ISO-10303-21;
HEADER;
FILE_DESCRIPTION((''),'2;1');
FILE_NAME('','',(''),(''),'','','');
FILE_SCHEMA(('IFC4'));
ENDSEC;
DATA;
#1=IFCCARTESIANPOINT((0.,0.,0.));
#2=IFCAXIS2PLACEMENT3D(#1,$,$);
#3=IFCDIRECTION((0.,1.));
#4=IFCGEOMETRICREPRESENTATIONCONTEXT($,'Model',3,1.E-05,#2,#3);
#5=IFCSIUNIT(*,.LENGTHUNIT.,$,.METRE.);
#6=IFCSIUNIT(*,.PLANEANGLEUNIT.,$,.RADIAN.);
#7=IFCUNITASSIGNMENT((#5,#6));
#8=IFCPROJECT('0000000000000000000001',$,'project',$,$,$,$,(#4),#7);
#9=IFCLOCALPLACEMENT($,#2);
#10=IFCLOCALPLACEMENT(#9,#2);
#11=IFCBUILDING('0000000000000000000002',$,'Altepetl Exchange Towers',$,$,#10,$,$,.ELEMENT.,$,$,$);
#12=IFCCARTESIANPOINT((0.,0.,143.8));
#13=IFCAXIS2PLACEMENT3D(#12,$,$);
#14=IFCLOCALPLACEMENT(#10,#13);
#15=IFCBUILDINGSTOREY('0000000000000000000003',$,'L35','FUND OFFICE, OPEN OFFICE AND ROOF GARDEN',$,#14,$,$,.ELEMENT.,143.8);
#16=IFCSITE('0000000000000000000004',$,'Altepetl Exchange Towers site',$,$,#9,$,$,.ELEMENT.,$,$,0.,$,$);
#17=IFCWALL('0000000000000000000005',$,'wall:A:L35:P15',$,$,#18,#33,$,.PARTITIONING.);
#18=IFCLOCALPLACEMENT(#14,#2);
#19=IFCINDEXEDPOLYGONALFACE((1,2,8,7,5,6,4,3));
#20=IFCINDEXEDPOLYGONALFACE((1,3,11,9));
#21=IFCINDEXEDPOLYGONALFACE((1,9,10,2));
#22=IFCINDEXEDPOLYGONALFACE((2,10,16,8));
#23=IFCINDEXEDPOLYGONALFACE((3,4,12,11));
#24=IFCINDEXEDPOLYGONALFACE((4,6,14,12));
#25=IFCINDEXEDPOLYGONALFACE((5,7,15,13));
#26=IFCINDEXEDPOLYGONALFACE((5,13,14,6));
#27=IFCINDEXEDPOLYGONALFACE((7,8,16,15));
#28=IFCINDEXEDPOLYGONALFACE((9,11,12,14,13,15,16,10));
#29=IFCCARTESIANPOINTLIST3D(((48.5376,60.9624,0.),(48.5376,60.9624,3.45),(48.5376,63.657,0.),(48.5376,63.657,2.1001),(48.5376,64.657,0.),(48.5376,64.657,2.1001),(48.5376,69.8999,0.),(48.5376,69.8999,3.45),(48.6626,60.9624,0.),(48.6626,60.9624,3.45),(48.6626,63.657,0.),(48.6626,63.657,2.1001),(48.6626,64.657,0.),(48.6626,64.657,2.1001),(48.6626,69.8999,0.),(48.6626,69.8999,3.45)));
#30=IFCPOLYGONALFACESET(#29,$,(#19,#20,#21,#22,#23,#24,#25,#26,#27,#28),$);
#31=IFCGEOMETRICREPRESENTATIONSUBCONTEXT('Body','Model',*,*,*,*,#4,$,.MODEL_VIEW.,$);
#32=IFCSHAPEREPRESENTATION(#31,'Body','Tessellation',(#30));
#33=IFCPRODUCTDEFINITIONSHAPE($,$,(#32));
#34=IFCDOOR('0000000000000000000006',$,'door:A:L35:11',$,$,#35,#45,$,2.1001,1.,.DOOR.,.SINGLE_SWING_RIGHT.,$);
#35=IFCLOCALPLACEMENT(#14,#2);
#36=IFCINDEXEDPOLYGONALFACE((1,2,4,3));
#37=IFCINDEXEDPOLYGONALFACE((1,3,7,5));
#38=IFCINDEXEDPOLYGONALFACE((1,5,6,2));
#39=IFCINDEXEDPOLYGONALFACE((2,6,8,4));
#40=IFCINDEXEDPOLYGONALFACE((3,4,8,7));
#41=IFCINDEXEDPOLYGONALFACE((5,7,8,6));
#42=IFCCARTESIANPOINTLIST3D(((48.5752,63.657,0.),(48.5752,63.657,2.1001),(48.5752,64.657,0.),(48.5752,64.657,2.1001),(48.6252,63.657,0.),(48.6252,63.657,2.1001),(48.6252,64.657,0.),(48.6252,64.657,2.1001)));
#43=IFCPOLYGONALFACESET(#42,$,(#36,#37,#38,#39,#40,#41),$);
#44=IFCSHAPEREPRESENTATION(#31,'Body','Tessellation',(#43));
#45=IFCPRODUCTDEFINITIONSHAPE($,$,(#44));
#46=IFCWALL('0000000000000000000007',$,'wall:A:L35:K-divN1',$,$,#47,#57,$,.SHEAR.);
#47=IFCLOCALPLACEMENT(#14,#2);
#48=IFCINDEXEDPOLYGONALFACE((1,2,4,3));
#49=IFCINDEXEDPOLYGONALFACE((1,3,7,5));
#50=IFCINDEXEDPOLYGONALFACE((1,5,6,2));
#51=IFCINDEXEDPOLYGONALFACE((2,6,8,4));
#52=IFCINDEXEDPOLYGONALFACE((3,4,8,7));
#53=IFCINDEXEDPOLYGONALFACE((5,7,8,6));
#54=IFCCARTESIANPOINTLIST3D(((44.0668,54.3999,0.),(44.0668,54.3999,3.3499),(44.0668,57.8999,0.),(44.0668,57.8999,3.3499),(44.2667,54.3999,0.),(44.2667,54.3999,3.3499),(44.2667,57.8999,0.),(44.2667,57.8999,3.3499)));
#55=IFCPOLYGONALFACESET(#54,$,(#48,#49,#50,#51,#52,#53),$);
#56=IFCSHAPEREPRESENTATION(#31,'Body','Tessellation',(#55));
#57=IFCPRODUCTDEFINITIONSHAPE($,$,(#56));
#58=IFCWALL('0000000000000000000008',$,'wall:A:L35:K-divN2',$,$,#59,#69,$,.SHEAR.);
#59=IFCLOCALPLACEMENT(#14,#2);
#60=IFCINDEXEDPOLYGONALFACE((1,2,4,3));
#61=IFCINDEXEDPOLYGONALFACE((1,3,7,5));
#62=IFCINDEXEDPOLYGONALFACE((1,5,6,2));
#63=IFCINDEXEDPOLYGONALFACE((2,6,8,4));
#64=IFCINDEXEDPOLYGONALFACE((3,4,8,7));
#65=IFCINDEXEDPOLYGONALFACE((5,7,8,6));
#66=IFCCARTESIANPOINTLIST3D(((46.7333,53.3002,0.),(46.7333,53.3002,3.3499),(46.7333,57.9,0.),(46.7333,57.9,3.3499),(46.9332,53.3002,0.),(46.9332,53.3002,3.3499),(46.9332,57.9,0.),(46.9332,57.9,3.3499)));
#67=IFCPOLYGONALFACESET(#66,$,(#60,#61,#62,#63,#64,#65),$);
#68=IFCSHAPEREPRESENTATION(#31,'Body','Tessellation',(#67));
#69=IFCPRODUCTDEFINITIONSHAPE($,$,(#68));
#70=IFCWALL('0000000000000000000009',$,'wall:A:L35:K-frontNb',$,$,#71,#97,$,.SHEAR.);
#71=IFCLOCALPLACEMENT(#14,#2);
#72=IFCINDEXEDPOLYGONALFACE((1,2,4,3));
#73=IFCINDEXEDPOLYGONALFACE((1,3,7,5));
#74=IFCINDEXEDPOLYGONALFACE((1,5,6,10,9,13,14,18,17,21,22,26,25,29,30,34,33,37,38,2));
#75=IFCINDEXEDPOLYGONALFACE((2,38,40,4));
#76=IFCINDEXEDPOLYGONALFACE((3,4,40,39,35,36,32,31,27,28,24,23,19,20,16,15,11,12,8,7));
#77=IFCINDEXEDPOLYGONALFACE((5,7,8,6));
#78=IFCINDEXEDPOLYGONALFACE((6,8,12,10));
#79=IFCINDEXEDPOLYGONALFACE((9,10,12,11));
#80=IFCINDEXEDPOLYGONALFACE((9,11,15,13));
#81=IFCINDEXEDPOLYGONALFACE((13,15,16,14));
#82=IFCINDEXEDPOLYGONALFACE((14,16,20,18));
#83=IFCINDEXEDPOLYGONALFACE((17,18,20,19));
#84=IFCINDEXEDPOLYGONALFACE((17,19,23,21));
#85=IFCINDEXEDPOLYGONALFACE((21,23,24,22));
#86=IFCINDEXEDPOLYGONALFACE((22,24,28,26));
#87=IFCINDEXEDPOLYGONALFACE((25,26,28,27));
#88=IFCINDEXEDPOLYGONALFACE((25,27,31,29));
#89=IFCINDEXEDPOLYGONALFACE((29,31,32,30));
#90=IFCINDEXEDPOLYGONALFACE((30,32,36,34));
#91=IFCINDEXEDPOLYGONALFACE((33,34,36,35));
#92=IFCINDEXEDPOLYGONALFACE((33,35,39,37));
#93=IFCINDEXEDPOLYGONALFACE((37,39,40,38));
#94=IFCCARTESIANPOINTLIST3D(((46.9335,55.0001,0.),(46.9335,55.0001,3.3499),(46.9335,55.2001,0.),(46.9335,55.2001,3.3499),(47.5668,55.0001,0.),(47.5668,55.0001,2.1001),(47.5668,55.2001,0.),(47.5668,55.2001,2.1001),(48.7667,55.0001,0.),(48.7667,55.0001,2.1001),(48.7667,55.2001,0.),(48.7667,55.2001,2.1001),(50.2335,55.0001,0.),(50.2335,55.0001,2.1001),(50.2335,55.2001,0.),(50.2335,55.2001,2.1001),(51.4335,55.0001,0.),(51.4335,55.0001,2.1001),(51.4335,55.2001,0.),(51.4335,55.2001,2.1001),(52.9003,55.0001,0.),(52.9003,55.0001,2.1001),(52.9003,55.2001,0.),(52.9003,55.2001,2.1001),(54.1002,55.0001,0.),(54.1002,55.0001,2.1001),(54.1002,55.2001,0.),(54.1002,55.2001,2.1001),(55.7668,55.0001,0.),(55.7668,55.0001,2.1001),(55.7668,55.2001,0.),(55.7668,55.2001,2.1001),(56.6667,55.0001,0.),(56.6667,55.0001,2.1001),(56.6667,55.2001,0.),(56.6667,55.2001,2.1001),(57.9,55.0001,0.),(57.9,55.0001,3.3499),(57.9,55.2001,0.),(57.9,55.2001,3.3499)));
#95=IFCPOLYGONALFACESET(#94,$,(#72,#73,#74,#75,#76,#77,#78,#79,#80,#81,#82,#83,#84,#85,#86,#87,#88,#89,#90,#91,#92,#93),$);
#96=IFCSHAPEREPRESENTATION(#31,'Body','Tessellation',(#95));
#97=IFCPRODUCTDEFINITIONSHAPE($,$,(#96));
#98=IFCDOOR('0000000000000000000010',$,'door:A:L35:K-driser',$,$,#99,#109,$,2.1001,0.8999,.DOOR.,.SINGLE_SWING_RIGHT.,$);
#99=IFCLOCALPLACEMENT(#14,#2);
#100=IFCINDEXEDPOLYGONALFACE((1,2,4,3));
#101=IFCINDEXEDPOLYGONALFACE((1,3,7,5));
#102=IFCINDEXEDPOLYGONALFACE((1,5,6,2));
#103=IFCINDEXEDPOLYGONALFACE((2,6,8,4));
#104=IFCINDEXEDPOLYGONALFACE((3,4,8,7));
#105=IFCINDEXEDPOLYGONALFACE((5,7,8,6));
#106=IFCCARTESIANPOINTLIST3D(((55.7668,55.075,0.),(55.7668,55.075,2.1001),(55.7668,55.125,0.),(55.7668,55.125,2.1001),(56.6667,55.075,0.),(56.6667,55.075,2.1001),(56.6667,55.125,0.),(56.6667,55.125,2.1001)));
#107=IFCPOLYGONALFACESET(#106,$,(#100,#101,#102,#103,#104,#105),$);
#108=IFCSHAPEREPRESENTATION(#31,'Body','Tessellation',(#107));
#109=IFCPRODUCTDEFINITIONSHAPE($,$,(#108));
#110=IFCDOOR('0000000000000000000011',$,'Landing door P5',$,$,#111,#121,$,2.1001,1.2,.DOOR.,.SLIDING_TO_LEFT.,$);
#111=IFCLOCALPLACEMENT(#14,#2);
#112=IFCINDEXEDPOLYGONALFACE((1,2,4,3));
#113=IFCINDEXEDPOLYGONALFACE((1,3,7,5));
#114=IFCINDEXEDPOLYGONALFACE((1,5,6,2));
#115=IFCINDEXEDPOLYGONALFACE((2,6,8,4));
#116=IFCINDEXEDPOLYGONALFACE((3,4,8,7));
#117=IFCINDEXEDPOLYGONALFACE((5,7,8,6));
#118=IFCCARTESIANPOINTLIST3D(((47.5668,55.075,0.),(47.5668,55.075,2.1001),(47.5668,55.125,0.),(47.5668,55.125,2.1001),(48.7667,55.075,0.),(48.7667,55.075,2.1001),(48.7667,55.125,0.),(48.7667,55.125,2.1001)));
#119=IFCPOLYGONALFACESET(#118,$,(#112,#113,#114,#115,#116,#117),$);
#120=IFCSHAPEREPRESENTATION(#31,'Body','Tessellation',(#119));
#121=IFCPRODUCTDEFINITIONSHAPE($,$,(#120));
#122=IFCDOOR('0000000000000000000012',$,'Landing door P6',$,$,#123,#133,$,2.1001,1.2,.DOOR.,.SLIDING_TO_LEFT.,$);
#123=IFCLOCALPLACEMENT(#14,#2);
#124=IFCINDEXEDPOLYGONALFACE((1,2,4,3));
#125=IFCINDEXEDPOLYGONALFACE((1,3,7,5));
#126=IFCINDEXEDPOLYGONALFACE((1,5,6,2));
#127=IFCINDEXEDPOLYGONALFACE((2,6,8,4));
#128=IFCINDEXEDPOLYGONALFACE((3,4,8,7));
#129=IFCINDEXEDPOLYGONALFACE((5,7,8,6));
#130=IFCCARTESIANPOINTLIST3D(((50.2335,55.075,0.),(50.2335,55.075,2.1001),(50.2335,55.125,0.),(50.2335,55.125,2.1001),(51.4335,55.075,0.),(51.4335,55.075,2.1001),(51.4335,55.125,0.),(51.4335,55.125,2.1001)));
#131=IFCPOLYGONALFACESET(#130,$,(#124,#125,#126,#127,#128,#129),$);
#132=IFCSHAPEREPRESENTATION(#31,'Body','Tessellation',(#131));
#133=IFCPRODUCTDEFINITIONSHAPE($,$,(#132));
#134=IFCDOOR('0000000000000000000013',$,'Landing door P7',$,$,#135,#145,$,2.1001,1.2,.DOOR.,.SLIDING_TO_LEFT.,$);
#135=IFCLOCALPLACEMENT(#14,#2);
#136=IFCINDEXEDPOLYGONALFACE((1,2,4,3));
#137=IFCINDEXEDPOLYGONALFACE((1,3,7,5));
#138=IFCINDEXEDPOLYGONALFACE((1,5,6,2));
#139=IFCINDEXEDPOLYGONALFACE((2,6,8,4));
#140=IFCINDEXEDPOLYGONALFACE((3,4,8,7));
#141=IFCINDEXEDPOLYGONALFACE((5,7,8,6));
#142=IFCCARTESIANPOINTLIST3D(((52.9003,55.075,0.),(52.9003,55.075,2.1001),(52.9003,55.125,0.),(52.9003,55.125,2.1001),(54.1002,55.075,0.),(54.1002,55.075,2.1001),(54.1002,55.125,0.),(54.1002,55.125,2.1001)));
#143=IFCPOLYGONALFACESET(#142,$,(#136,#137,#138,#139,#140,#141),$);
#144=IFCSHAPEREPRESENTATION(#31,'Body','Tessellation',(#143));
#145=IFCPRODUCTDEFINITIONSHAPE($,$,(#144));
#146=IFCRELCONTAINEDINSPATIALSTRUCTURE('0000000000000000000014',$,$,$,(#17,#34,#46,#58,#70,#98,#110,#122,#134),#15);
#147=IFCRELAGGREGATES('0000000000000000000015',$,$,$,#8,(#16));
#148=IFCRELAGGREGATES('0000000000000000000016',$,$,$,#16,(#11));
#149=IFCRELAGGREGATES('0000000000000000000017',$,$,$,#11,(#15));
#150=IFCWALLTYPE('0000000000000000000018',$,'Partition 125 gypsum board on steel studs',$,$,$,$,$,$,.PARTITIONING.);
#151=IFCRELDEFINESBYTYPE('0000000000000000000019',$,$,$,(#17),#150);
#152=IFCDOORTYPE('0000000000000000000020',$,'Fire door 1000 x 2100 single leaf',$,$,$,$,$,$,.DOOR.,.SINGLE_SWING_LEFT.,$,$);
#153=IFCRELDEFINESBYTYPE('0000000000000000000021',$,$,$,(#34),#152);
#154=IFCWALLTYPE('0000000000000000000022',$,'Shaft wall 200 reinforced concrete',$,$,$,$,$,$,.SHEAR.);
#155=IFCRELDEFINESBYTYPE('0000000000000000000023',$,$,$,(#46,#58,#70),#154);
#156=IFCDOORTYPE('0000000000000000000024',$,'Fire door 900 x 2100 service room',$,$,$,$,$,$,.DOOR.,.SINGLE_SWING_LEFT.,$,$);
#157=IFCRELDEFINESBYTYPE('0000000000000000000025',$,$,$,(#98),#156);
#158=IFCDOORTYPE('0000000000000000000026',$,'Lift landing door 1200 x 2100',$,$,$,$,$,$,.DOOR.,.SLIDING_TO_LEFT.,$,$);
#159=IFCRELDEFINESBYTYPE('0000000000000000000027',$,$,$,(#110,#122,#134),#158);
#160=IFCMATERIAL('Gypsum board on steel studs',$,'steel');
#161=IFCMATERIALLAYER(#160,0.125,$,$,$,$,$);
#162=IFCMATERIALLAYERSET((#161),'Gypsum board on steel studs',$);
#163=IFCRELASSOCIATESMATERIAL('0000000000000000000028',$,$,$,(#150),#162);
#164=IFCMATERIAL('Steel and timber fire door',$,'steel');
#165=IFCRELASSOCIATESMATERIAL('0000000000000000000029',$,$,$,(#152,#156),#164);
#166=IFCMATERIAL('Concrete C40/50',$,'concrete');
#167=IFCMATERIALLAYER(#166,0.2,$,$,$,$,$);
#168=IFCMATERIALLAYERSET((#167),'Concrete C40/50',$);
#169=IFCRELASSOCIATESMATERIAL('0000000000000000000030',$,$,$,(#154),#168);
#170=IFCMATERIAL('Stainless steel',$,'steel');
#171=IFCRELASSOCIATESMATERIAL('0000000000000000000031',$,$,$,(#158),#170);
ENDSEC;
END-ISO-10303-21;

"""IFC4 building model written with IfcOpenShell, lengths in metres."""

from ifc_helpers import new_model, si_unit, direction, frame, frame_2d, origin, place, context, subcontext, project, spatial, rectangle, extrude, material, layer, layer_set, type_object, element, fill, save


model = new_model("IFC4")

# Units and contexts
model_context = context("Model", 3, precision=1e-05, world=origin(), true_north=direction((0.0, 1.0)))
body_context = subcontext(model_context, "Body", "Model", "MODEL_VIEW")
ifc_project = project(units=[si_unit("LENGTHUNIT", "METRE"), si_unit("PLANEANGLEUNIT", "RADIAN")], contexts=[model_context])

# Site, building, storey
site_placement = place(None, origin())
site = spatial("IfcSite", under=ifc_project, at=site_placement, Name="Altepetl Exchange Towers site", CompositionType="ELEMENT", RefElevation=0.0)
building_placement = place(site_placement, origin())
building = spatial("IfcBuilding", under=site, at=building_placement, Name="Altepetl Exchange Towers", CompositionType="ELEMENT")
storey_placement = place(building_placement, frame((0.0, 0.0, 143.8)))
storey = spatial("IfcBuildingStorey", under=building, at=storey_placement, Name="L35", Description="FUND OFFICE, OPEN OFFICE AND ROOF GARDEN", CompositionType="ELEMENT", Elevation=143.8)

# Shared definitions
ifc_material_1 = material(Name="Steel and timber fire door", Category="steel")

# Shared definitions
ifc_material_2 = material(Name="Gypsum board on steel studs", Category="steel")
ifc_layer_1 = layer(ifc_material_2, 0.125)
ifc_layer_set_1 = layer_set([ifc_layer_1], Name="Gypsum board on steel studs")
wall_type_1 = type_object("IfcWallType", Name="Partition 125 gypsum board on steel studs", PredefinedType="PARTITIONING", material=ifc_layer_set_1)

# Wall, opening, door
wall_1_placement = place(storey_placement, frame((48.6001, 60.9624, 0.0), z_axis=(0.0, 0.0, 1.0), x_axis=(0.0, 1.0, 0.0)))
wall_1 = element("IfcWall", 1, at=wall_1_placement, inside=storey, type_object=wall_type_1, Name="wall:A:L35:P15", PredefinedType="PARTITIONING", context=body_context, shape_type="SweptSolid", body=[
    extrude(rectangle(XDim=8.9375, YDim=0.125, at=frame_2d((4.4688, 0.0))), origin(), (0.0, 0.0, 1.0), 3.45),
])
opening_1_placement = place(wall_1_placement, frame((2.6946, 0.0, 0.0)))
opening_1 = element("IfcOpeningElement", 2, at=opening_1_placement, cuts=wall_1, PredefinedType="OPENING", context=body_context, shape_type="SweptSolid", body=[
    extrude(rectangle(XDim=1.0, YDim=2.1001, at=frame_2d((0.5, 1.05))), frame((0.0, 0.0725, 0.0), z_axis=(0.0, -1.0, 0.0), x_axis=(1.0, 0.0, 0.0)), (0.0, 0.0, 1.0), 0.145),
])
door_type_1 = type_object("IfcDoorType", Name="Fire door 1000 x 2100 single leaf", OperationType="SINGLE_SWING_LEFT", PredefinedType="DOOR", material=ifc_material_1)
door_1_placement = place(opening_1_placement, origin())
door_1 = element("IfcDoor", 3, at=door_1_placement, inside=storey, type_object=door_type_1, Name="door:A:L35:11", OperationType="SINGLE_SWING_RIGHT", OverallHeight=2.1001, OverallWidth=1.0, PredefinedType="DOOR", context=body_context, shape_type="SweptSolid", body=[
    extrude(rectangle(XDim=1.0, YDim=2.1001, at=frame_2d((0.5, 1.05))), frame((0.0, 0.0249, 0.0), z_axis=(0.0, -1.0, 0.0), x_axis=(1.0, 0.0, 0.0)), (0.0, 0.0, 1.0), 0.05),
])
fill(opening_1, door_1)

# Walls
ifc_material_3 = material(Name="Concrete C40/50", Category="concrete")
ifc_layer_2 = layer(ifc_material_3, 0.2)
ifc_layer_set_2 = layer_set([ifc_layer_2], Name="Concrete C40/50")
wall_type_2 = type_object("IfcWallType", Name="Shaft wall 200 reinforced concrete", PredefinedType="SHEAR", material=ifc_layer_set_2)
wall_2_placement = place(storey_placement, frame((44.1667, 57.8999, 0.0), z_axis=(0.0, 0.0, 1.0), x_axis=(0.0, -1.0, 0.0)))
element("IfcWall", 4, at=wall_2_placement, inside=storey, type_object=wall_type_2, Name="wall:A:L35:K-divN1", PredefinedType="SHEAR", context=body_context, shape_type="SweptSolid", body=[
    extrude(rectangle(XDim=3.5, YDim=0.2, at=frame_2d((1.75, 0.0))), origin(), (0.0, 0.0, 1.0), 3.3499),
])
wall_3_placement = place(storey_placement, frame((46.8333, 57.8999, 0.0), z_axis=(0.0, 0.0, 1.0), x_axis=(0.0, -1.0, 0.0)))
element("IfcWall", 5, at=wall_3_placement, inside=storey, type_object=wall_type_2, Name="wall:A:L35:K-divN2", PredefinedType="SHEAR", context=body_context, shape_type="SweptSolid", body=[
    extrude(rectangle(XDim=4.5999, YDim=0.2, at=frame_2d((2.2998, 0.0))), origin(), (0.0, 0.0, 1.0), 3.3499),
])

# Wall, openings, doors
wall_4_placement = place(storey_placement, frame((46.9333, 55.1001, 0.0)))
wall_4 = element("IfcWall", 6, at=wall_4_placement, inside=storey, type_object=wall_type_2, Name="wall:A:L35:K-frontNb", PredefinedType="SHEAR", context=body_context, shape_type="SweptSolid", body=[
    extrude(rectangle(XDim=10.9666, YDim=0.2, at=frame_2d((5.4834, 0.0))), origin(), (0.0, 0.0, 1.0), 3.3499),
])
opening_2_placement = place(wall_4_placement, frame((8.8335, 0.0, 0.0)))
opening_2 = element("IfcOpeningElement", 7, at=opening_2_placement, cuts=wall_4, PredefinedType="OPENING", context=body_context, shape_type="SweptSolid", body=[
    extrude(rectangle(XDim=0.8999, YDim=2.1001, at=frame_2d((0.45, 1.05))), frame((0.0, 0.1099, 0.0), z_axis=(0.0, -1.0, 0.0), x_axis=(1.0, 0.0, 0.0)), (0.0, 0.0, 1.0), 0.22),
])
opening_3_placement = place(wall_4_placement, frame((0.6333, 0.0, 0.0)))
opening_3 = element("IfcOpeningElement", 8, at=opening_3_placement, cuts=wall_4, PredefinedType="OPENING", context=body_context, shape_type="SweptSolid", body=[
    extrude(rectangle(XDim=1.2, YDim=2.1001, at=frame_2d((0.6001, 1.05))), frame((0.0, 0.1099, 0.0), z_axis=(0.0, -1.0, 0.0), x_axis=(1.0, 0.0, 0.0)), (0.0, 0.0, 1.0), 0.22),
])
opening_4_placement = place(wall_4_placement, frame((3.3, 0.0, 0.0)))
opening_4 = element("IfcOpeningElement", 9, at=opening_4_placement, cuts=wall_4, PredefinedType="OPENING", context=body_context, shape_type="SweptSolid", body=[
    extrude(rectangle(XDim=1.2, YDim=2.1001, at=frame_2d((0.6001, 1.05))), frame((0.0, 0.1099, 0.0), z_axis=(0.0, -1.0, 0.0), x_axis=(1.0, 0.0, 0.0)), (0.0, 0.0, 1.0), 0.22),
])
opening_5_placement = place(wall_4_placement, frame((5.9668, 0.0, 0.0)))
opening_5 = element("IfcOpeningElement", 10, at=opening_5_placement, cuts=wall_4, PredefinedType="OPENING", context=body_context, shape_type="SweptSolid", body=[
    extrude(rectangle(XDim=1.2, YDim=2.1001, at=frame_2d((0.6001, 1.05))), frame((0.0, 0.1099, 0.0), z_axis=(0.0, -1.0, 0.0), x_axis=(1.0, 0.0, 0.0)), (0.0, 0.0, 1.0), 0.22),
])
door_type_2 = type_object("IfcDoorType", Name="Fire door 900 x 2100 service room", OperationType="SINGLE_SWING_LEFT", PredefinedType="DOOR", material=ifc_material_1)
door_2_placement = place(opening_2_placement, origin())
door_2 = element("IfcDoor", 11, at=door_2_placement, inside=storey, type_object=door_type_2, Name="door:A:L35:K-driser", OperationType="SINGLE_SWING_RIGHT", OverallHeight=2.1001, OverallWidth=0.8999, PredefinedType="DOOR", context=body_context, shape_type="SweptSolid", body=[
    extrude(rectangle(XDim=0.8999, YDim=2.1001, at=frame_2d((0.45, 1.05))), frame((0.0, 0.0249, 0.0), z_axis=(0.0, -1.0, 0.0), x_axis=(1.0, 0.0, 0.0)), (0.0, 0.0, 1.0), 0.05),
])
fill(opening_2, door_2)
ifc_material_4 = material(Name="Stainless steel", Category="steel")
door_type_3 = type_object("IfcDoorType", Name="Lift landing door 1200 x 2100", OperationType="SLIDING_TO_LEFT", PredefinedType="DOOR", material=ifc_material_4)
door_3_placement = place(opening_3_placement, origin())
door_3 = element("IfcDoor", 12, at=door_3_placement, inside=storey, type_object=door_type_3, Name="Landing door P5", OperationType="SLIDING_TO_LEFT", OverallHeight=2.1001, OverallWidth=1.2, PredefinedType="DOOR", context=body_context, shape_type="SweptSolid", body=[
    extrude(rectangle(XDim=1.2, YDim=2.1001, at=frame_2d((0.6001, 1.05))), frame((0.0, 0.0249, 0.0), z_axis=(0.0, -1.0, 0.0), x_axis=(1.0, 0.0, 0.0)), (0.0, 0.0, 1.0), 0.05),
])
fill(opening_3, door_3)
door_4_placement = place(opening_4_placement, origin())
door_4 = element("IfcDoor", 13, at=door_4_placement, inside=storey, type_object=door_type_3, Name="Landing door P6", OperationType="SLIDING_TO_LEFT", OverallHeight=2.1001, OverallWidth=1.2, PredefinedType="DOOR", context=body_context, shape_type="SweptSolid", body=[
    extrude(rectangle(XDim=1.2, YDim=2.1001, at=frame_2d((0.6001, 1.05))), frame((0.0, 0.0249, 0.0), z_axis=(0.0, -1.0, 0.0), x_axis=(1.0, 0.0, 0.0)), (0.0, 0.0, 1.0), 0.05),
])
fill(opening_4, door_4)
door_5_placement = place(opening_5_placement, origin())
door_5 = element("IfcDoor", 14, at=door_5_placement, inside=storey, type_object=door_type_3, Name="Landing door P7", OperationType="SLIDING_TO_LEFT", OverallHeight=2.1001, OverallWidth=1.2, PredefinedType="DOOR", context=body_context, shape_type="SweptSolid", body=[
    extrude(rectangle(XDim=1.2, YDim=2.1001, at=frame_2d((0.6001, 1.05))), frame((0.0, 0.0249, 0.0), z_axis=(0.0, -1.0, 0.0), x_axis=(1.0, 0.0, 0.0)), (0.0, 0.0, 1.0), 0.05),
])
fill(opening_5, door_5)

save(model, "model.ifc")
